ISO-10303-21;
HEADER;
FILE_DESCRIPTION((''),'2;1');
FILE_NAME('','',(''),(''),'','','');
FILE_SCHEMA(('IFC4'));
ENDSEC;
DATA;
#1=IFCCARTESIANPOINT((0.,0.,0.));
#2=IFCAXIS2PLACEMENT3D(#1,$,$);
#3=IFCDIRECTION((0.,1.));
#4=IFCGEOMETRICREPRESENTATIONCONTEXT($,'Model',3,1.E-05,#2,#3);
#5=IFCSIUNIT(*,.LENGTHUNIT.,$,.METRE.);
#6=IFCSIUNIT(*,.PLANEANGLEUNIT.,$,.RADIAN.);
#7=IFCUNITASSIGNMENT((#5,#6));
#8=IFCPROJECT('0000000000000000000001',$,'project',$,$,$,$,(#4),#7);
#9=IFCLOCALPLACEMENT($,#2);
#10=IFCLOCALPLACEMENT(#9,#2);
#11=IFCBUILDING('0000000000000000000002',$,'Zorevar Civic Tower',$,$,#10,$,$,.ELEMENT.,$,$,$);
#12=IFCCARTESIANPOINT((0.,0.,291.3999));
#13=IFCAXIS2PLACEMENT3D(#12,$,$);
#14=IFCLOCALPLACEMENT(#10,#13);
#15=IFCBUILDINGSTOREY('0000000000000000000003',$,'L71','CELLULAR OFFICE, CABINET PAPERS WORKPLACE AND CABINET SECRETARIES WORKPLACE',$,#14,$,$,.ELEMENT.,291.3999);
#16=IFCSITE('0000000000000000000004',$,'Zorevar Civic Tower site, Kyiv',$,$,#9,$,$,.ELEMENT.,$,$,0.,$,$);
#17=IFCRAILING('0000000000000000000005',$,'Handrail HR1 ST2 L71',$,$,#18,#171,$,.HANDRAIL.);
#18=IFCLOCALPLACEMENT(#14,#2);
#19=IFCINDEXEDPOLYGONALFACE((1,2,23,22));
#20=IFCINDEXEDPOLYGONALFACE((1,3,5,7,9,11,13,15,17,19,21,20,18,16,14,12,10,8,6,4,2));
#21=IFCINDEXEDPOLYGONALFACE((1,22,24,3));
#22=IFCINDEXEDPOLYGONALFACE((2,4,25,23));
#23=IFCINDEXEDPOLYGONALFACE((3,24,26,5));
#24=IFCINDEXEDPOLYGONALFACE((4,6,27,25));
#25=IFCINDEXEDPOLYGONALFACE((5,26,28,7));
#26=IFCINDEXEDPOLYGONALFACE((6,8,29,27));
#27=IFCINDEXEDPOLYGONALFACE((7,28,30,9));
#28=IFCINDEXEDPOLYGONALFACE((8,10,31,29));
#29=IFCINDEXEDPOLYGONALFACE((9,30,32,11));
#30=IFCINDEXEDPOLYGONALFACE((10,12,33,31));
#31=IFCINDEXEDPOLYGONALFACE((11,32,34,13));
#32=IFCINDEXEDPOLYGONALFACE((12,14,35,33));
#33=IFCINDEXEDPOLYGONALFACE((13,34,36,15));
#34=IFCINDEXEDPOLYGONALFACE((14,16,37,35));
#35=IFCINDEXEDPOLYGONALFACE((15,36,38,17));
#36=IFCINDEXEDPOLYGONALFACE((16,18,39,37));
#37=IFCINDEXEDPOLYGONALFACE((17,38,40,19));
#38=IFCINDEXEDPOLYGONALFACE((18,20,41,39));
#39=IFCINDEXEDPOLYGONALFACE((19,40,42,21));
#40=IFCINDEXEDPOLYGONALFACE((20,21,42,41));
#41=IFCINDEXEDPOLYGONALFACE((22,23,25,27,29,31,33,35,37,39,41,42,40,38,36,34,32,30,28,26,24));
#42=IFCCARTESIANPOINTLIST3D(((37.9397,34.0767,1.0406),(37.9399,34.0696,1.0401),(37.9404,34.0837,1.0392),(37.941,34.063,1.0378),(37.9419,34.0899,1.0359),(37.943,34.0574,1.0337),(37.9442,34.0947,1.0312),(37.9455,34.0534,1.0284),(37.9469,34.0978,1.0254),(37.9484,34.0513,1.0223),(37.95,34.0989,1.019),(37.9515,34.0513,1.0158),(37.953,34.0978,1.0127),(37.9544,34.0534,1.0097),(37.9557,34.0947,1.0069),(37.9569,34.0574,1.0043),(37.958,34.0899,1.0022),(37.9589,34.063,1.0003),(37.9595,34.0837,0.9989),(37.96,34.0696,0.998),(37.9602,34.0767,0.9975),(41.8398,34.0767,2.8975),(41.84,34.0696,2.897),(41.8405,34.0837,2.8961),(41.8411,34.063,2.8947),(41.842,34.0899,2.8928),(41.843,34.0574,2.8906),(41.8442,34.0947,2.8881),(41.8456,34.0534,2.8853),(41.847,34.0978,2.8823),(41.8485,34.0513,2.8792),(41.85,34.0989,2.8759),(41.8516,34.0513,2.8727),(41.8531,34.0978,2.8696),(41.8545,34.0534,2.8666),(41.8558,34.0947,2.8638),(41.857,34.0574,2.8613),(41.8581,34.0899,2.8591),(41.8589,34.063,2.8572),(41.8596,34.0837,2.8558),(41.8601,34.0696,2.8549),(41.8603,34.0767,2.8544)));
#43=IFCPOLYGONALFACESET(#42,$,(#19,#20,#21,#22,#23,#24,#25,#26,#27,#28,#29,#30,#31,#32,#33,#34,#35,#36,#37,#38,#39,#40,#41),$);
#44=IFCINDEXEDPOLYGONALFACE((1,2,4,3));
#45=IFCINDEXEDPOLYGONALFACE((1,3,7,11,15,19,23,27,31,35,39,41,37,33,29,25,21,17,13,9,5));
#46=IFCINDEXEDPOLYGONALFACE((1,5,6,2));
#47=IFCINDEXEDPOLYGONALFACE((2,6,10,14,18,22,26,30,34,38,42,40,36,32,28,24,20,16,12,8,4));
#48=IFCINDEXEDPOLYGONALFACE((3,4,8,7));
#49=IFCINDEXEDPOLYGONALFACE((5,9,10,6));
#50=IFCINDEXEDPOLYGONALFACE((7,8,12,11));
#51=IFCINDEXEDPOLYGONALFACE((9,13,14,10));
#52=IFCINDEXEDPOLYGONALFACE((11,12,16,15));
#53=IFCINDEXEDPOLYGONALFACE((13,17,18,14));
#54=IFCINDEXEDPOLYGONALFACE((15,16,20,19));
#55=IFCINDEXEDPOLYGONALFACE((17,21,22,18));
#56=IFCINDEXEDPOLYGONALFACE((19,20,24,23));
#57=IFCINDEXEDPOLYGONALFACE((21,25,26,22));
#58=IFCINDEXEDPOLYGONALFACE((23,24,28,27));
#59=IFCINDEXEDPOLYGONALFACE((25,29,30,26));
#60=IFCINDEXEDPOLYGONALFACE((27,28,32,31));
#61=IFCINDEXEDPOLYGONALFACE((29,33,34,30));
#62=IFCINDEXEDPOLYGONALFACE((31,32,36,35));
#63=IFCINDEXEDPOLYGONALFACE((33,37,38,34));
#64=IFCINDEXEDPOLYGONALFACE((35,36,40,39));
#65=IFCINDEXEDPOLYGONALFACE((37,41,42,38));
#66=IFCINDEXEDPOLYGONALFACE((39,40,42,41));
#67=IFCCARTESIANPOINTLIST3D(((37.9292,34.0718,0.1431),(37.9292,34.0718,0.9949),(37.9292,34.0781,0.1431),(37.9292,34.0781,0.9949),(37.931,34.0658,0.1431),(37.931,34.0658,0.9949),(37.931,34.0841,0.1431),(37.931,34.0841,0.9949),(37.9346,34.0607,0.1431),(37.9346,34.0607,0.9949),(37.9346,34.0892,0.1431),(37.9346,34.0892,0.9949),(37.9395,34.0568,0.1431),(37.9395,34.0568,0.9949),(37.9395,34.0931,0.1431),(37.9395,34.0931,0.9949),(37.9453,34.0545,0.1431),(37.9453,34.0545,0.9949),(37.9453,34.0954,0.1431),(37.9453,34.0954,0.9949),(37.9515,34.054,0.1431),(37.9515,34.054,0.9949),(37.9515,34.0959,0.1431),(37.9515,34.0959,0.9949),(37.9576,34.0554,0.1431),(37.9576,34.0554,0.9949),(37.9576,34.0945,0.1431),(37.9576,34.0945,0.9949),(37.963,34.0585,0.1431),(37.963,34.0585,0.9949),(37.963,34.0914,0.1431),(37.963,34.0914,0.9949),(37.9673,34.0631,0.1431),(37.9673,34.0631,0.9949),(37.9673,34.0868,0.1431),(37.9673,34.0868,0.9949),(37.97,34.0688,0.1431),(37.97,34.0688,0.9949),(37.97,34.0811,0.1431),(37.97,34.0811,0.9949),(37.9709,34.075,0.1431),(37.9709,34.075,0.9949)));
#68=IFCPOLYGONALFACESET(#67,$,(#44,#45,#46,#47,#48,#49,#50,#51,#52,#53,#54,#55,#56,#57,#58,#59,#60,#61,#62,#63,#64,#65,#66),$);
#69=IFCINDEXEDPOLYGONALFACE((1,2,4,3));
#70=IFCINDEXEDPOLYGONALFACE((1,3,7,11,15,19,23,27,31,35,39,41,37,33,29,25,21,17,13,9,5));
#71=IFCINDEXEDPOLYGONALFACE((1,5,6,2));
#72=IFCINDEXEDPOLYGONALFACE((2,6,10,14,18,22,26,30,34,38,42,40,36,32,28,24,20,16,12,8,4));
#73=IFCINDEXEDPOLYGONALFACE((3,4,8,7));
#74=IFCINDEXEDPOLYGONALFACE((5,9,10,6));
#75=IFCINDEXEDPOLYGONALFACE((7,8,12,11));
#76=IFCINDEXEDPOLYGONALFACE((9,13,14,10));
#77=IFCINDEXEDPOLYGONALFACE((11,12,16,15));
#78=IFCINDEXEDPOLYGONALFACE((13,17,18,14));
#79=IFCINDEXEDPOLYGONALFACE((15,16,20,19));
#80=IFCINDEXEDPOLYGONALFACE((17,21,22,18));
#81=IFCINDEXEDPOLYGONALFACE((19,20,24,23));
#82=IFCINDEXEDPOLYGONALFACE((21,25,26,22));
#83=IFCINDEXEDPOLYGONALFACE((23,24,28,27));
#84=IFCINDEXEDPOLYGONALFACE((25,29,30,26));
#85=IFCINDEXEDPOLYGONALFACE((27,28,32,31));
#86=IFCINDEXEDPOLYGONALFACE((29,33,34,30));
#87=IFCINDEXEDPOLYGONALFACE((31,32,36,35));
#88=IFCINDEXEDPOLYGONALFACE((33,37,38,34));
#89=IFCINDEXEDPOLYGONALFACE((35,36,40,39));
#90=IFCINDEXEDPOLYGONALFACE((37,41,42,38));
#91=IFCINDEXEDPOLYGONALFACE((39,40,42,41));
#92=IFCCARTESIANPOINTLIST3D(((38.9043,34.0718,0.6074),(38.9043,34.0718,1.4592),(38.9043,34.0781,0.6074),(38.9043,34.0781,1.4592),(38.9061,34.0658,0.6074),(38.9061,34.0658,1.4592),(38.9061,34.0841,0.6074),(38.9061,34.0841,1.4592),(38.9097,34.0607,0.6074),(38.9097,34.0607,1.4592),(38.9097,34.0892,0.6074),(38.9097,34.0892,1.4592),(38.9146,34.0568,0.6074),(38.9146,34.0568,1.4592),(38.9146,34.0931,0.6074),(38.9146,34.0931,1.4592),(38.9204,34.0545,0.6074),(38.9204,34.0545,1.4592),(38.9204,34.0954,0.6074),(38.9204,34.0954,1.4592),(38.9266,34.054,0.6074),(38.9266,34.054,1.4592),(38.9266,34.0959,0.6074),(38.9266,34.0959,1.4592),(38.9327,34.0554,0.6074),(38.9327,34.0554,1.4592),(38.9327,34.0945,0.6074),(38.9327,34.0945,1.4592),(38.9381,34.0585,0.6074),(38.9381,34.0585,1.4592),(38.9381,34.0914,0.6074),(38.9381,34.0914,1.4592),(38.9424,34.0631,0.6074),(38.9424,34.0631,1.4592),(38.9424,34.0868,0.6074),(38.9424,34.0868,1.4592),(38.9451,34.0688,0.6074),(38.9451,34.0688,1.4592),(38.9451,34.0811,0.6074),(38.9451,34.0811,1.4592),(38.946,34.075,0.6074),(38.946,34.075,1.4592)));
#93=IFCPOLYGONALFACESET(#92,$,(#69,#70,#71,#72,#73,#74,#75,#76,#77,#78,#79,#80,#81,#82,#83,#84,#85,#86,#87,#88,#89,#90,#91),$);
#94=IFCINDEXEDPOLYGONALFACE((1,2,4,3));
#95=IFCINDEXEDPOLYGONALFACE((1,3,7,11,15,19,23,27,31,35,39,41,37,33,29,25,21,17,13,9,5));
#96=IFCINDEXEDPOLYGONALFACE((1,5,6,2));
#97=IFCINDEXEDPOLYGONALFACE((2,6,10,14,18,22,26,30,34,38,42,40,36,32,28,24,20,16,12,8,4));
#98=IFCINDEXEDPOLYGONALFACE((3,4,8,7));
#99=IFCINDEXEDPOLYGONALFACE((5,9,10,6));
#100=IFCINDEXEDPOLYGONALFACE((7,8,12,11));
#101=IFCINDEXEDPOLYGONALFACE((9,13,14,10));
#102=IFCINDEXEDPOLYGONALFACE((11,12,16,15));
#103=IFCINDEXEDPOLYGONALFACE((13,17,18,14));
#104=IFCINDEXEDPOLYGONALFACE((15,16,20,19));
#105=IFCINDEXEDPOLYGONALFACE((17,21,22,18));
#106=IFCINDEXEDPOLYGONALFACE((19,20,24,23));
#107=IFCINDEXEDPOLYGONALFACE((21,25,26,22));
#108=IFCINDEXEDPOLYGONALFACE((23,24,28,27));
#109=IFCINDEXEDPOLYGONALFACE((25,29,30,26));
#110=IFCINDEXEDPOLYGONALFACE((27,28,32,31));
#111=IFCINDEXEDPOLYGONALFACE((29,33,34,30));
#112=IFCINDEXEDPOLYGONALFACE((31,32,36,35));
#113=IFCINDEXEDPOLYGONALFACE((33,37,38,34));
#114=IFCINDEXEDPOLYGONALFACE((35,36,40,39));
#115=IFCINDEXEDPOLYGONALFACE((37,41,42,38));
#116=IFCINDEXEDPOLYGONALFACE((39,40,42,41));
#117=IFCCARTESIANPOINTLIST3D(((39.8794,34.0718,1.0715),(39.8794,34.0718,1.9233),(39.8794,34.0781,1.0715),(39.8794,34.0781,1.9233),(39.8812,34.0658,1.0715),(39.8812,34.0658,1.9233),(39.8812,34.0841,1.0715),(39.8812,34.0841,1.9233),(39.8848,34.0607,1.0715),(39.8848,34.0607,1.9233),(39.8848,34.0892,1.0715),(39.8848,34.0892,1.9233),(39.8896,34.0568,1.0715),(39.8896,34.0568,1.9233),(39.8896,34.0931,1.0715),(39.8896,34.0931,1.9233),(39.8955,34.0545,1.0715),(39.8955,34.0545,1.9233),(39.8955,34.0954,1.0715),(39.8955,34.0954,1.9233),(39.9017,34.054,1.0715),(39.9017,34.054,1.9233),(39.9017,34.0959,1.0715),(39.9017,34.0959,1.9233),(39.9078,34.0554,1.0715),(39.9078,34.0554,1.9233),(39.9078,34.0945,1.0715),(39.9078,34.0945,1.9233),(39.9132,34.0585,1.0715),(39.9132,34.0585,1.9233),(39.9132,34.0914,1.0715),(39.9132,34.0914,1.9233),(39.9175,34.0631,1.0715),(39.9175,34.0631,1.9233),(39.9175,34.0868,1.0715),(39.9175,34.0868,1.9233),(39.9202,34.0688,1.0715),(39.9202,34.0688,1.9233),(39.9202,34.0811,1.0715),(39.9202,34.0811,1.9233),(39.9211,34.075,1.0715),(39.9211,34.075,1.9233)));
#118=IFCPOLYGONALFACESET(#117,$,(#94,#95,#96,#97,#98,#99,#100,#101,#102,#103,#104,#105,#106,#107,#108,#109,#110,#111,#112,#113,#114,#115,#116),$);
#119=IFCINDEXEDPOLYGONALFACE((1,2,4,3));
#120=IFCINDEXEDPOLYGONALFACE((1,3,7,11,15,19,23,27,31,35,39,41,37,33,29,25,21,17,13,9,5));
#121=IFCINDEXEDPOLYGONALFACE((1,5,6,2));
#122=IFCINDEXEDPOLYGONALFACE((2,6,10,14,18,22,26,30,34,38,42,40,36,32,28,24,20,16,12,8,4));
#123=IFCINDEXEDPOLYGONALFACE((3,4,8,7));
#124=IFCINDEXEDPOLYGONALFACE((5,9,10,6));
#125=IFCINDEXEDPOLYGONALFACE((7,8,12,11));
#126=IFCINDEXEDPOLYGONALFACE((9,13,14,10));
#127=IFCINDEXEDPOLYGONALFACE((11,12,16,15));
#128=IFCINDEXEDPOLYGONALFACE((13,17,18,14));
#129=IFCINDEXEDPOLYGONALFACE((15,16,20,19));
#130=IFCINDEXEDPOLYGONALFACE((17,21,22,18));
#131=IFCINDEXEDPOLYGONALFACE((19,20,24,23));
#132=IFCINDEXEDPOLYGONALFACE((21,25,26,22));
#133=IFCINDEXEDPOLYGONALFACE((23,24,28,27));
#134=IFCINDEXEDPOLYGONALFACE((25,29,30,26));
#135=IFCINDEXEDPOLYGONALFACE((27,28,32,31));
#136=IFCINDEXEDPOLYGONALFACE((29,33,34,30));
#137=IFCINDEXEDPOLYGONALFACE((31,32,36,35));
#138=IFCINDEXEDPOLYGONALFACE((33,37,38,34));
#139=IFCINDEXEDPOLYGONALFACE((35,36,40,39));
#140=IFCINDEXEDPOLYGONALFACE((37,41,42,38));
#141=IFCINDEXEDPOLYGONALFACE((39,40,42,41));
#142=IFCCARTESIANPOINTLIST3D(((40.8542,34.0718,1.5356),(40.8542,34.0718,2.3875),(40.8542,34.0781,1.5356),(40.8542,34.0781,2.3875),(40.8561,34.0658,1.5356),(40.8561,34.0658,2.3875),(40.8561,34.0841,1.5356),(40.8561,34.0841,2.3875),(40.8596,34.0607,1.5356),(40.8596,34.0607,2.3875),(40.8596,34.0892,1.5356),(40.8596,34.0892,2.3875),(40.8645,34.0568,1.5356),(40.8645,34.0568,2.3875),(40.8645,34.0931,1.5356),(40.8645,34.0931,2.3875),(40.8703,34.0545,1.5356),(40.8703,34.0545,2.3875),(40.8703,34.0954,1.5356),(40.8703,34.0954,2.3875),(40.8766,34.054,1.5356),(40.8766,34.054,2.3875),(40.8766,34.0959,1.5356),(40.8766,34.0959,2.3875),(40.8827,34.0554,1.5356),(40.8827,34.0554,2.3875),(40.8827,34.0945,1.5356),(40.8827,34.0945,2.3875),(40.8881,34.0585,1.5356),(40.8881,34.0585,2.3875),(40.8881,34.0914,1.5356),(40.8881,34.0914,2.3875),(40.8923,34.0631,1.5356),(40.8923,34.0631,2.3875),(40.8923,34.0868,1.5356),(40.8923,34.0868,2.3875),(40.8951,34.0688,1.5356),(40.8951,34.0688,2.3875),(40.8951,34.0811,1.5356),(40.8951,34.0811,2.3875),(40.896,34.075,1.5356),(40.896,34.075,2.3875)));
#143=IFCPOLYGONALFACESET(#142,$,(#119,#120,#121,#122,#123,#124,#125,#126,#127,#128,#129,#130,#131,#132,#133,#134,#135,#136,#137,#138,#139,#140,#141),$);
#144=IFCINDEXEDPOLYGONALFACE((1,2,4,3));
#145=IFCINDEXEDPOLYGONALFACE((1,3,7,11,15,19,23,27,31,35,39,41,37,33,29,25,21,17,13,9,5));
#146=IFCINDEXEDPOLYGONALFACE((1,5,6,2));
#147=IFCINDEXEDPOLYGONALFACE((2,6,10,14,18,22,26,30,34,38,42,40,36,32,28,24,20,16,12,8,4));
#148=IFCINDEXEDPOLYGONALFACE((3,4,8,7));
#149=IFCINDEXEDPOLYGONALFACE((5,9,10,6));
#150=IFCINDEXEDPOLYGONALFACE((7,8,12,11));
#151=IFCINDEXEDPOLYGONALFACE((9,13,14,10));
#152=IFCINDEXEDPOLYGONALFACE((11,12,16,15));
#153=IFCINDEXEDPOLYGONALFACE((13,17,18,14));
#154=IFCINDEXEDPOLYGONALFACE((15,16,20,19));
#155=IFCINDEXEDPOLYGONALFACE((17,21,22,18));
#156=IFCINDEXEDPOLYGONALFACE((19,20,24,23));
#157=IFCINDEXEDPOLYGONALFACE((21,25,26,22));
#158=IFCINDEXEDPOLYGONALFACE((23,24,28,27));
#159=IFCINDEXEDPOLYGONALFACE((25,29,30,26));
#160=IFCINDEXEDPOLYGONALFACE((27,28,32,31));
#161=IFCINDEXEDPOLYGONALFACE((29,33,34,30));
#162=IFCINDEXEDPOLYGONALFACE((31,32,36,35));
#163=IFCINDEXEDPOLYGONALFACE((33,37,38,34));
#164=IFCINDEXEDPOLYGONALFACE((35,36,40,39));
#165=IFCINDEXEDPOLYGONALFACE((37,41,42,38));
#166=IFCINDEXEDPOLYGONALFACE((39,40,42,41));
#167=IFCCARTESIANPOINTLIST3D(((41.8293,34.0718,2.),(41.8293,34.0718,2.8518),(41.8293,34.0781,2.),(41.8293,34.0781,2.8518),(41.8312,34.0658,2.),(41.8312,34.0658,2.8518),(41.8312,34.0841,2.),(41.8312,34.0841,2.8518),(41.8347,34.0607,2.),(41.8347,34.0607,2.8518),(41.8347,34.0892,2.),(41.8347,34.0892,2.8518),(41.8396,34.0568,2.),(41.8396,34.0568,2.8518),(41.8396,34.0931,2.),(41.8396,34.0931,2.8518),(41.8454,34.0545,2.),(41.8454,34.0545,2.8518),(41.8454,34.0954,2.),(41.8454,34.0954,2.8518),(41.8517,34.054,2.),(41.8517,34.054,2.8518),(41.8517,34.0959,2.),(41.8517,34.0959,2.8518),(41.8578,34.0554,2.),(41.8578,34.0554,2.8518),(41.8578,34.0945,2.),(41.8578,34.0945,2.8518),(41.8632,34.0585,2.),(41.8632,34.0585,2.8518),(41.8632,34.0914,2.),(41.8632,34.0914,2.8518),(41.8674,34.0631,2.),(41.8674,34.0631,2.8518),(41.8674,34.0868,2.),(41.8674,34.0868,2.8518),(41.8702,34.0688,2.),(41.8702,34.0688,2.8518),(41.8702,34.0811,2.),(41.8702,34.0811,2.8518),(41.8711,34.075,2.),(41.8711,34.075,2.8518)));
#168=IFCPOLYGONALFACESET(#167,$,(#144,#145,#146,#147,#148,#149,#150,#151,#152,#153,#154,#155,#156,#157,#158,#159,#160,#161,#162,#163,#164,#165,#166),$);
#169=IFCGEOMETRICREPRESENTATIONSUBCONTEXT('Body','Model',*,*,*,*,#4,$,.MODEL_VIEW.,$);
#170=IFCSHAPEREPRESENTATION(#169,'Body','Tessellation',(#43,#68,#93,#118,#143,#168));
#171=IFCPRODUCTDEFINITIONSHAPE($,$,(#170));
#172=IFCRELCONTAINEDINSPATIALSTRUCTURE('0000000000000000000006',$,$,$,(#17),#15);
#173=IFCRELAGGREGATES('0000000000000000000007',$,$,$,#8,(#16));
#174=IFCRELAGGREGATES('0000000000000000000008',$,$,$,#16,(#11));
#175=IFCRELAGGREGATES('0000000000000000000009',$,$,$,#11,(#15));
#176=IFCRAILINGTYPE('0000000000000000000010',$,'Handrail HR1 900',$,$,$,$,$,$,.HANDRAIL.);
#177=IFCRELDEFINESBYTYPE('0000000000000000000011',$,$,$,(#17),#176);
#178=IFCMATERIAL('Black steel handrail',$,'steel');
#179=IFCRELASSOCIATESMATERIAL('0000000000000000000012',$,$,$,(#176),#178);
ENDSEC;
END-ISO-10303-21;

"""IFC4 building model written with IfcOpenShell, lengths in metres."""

from ifc_helpers import new_model, si_unit, direction, frame, origin, origin_2d, place, context, subcontext, project, spatial, circle, extrude, material, type_object, element, save


model = new_model("IFC4")

# Units and contexts
model_context = context("Model", 3, precision=1e-05, world=origin(), true_north=direction((0.0, 1.0)))
body_context = subcontext(model_context, "Body", "Model", "MODEL_VIEW")
ifc_project = project(units=[si_unit("LENGTHUNIT", "METRE"), si_unit("PLANEANGLEUNIT", "RADIAN")], contexts=[model_context])

# Site, building, storey
site_placement = place(None, origin())
site = spatial("IfcSite", under=ifc_project, at=site_placement, Name="Zorevar Civic Tower site, Kyiv", CompositionType="ELEMENT", RefElevation=0.0)
building_placement = place(site_placement, origin())
building = spatial("IfcBuilding", under=site, at=building_placement, Name="Zorevar Civic Tower", CompositionType="ELEMENT")
storey_placement = place(building_placement, frame((0.0, 0.0, 291.3999)))
storey = spatial("IfcBuildingStorey", under=building, at=storey_placement, Name="L71", Description="CELLULAR OFFICE, CABINET PAPERS WORKPLACE AND CABINET SECRETARIES WORKPLACE", CompositionType="ELEMENT", Elevation=291.3999)

# Railing
ifc_material_1 = material(Name="Black steel handrail", Category="steel")
railing_type = type_object("IfcRailingType", Name="Handrail HR1 900", PredefinedType="HANDRAIL", material=ifc_material_1)
railing_1_placement = place(storey_placement, frame((37.95, 34.075, 0.1431)))
element("IfcRailing", 1, at=railing_1_placement, inside=storey, type_object=railing_type, Name="Handrail HR1 ST2 L71", PredefinedType="HANDRAIL", context=body_context, shape_type="SweptSolid", body=[
    extrude(circle(Radius=0.0239, at=origin_2d()), frame((0.0, 0.0, 0.876), z_axis=(0.902886, 0.0, 0.429881), x_axis=(0.0, 1.0, 0.0)), (0.0, 0.0, 1.0), 4.3196),
    extrude(circle(Radius=0.021, at=origin_2d()), origin(), (0.0, 0.0, 1.0), 0.8518),
    extrude(circle(Radius=0.021, at=origin_2d()), frame((0.9751, 0.0, 0.4644)), (0.0, 0.0, 1.0), 0.8518),
    extrude(circle(Radius=0.021, at=origin_2d()), frame((1.9502, 0.0, 0.9285)), (0.0, 0.0, 1.0), 0.8518),
    extrude(circle(Radius=0.021, at=origin_2d()), frame((2.925, 0.0, 1.3926)), (0.0, 0.0, 1.0), 0.8518),
    extrude(circle(Radius=0.021, at=origin_2d()), frame((3.9001, 0.0, 1.8569)), (0.0, 0.0, 1.0), 0.8518),
])

save(model, "model.ifc")
